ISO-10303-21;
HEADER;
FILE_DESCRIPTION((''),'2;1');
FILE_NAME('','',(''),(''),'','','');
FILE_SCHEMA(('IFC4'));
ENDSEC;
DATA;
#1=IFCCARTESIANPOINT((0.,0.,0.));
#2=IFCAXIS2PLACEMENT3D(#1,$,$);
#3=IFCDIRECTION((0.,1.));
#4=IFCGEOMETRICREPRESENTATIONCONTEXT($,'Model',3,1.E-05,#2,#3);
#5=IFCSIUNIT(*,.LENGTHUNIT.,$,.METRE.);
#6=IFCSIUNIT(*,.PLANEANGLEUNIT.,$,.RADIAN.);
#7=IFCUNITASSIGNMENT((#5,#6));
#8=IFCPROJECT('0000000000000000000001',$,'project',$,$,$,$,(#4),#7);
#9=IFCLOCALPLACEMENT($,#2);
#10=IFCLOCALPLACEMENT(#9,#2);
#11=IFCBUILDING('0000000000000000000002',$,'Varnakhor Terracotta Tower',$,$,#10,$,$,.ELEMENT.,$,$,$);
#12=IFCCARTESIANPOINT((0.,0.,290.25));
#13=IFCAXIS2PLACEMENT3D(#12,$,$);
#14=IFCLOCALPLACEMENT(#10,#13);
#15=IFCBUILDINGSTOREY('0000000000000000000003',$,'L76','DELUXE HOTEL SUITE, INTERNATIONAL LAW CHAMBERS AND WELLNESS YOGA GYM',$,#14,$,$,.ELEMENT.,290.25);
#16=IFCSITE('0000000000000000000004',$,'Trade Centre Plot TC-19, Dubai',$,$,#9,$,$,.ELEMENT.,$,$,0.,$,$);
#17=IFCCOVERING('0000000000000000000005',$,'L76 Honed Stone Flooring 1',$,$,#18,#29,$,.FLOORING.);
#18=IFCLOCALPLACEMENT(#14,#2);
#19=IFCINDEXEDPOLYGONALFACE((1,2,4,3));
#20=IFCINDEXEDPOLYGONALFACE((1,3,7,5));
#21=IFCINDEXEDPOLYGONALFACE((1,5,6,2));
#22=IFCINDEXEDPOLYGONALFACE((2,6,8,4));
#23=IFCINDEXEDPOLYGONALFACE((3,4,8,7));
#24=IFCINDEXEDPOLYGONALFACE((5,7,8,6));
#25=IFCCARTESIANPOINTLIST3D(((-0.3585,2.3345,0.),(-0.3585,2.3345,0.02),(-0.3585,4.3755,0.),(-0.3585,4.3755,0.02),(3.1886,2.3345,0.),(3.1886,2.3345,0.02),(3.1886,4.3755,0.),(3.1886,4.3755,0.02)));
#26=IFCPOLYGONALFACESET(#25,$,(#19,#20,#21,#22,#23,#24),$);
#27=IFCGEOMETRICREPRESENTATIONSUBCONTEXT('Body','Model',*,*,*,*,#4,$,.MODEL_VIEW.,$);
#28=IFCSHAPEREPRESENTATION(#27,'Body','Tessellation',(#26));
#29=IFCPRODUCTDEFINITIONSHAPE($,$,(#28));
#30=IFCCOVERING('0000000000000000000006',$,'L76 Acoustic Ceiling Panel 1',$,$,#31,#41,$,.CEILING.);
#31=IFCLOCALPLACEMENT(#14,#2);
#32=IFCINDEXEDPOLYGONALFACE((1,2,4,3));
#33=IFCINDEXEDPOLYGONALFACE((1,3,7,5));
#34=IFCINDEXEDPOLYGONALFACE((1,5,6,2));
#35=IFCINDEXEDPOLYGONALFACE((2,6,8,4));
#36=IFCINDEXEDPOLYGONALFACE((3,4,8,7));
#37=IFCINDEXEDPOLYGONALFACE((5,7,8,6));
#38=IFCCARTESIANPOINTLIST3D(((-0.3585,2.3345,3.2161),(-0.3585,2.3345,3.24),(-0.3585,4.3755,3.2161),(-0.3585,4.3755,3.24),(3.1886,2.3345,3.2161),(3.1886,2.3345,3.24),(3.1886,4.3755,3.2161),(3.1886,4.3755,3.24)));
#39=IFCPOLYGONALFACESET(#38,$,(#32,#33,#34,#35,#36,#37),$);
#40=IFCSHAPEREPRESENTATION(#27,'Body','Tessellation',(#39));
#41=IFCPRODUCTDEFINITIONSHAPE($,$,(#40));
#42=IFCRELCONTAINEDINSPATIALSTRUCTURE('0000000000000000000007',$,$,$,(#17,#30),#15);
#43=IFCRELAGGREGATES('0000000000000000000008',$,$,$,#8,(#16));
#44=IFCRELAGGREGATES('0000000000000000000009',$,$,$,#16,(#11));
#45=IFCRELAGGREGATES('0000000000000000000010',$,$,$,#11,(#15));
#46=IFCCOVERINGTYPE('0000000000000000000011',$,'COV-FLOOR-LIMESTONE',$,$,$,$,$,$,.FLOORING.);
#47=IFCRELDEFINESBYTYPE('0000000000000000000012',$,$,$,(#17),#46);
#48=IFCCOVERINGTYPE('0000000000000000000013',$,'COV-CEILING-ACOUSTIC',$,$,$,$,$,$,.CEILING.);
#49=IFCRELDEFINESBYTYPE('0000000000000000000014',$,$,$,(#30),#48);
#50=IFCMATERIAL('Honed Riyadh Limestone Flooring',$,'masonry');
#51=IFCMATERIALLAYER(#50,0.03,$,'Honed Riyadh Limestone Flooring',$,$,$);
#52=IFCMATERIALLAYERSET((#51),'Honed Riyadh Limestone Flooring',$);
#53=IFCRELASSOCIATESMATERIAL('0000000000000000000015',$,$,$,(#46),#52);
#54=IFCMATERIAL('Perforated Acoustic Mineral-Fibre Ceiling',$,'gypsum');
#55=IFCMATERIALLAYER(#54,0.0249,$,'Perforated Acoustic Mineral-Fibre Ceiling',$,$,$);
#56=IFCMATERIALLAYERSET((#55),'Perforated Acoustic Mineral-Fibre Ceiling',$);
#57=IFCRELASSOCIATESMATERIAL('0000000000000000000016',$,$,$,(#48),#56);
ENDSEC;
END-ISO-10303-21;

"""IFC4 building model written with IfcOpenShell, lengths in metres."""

from ifc_helpers import new_model, si_unit, direction, frame, origin, origin_2d, place, context, subcontext, project, spatial, rectangle, extrude, source, transform, mapped, material, layer, layer_set, type_object, element, save


model = new_model("IFC4")

# Units and contexts
model_context = context("Model", 3, precision=1e-05, world=origin(), true_north=direction((0.0, 1.0)))
body_context = subcontext(model_context, "Body", "Model", "MODEL_VIEW")
ifc_project = project(units=[si_unit("LENGTHUNIT", "METRE"), si_unit("PLANEANGLEUNIT", "RADIAN")], contexts=[model_context])

# Site, building, storey
site_placement = place(None, origin())
site = spatial("IfcSite", under=ifc_project, at=site_placement, Name="Trade Centre Plot TC-19, Dubai", CompositionType="ELEMENT", RefElevation=0.0)
building_placement = place(site_placement, origin())
building = spatial("IfcBuilding", under=site, at=building_placement, Name="Varnakhor Terracotta Tower", CompositionType="ELEMENT")
storey_placement = place(building_placement, frame((0.0, 0.0, 290.25)))
storey = spatial("IfcBuildingStorey", under=building, at=storey_placement, Name="L76", Description="DELUXE HOTEL SUITE, INTERNATIONAL LAW CHAMBERS AND WELLNESS YOGA GYM", CompositionType="ELEMENT", Elevation=290.25)

# Coverings
ifc_material_1 = material(Name="Honed Riyadh Limestone Flooring", Category="masonry")
ifc_layer_1 = layer(ifc_material_1, 0.03, Name="Honed Riyadh Limestone Flooring")
ifc_layer_set_1 = layer_set([ifc_layer_1], Name="Honed Riyadh Limestone Flooring")
covering_type_1 = type_object("IfcCoveringType", Name="COV-FLOOR-LIMESTONE", PredefinedType="FLOORING", material=ifc_layer_set_1)
shared_shape_1 = source(origin(), body_context, "Body", "SweptSolid", [
    extrude(rectangle(XDim=3.5471, YDim=2.041, at=origin_2d()), origin(), (0.0, 0.0, 1.0), 0.02),
])
covering_1_placement = place(storey_placement, frame((1.415, 3.355, 0.0), z_axis=(0.0, 0.0, 1.0), x_axis=(1.0, 0.0, 0.0)))
element("IfcCovering", 1, at=covering_1_placement, inside=storey, type_object=covering_type_1, Name="L76 Honed Stone Flooring 1", PredefinedType="FLOORING", context=body_context, shape_type="MappedRepresentation", body=[
    mapped(shared_shape_1, transform((0.0, 0.0, 0.0), scale=1.0)),
])
ifc_material_2 = material(Name="Perforated Acoustic Mineral-Fibre Ceiling", Category="gypsum")
ifc_layer_2 = layer(ifc_material_2, 0.0249, Name="Perforated Acoustic Mineral-Fibre Ceiling")
ifc_layer_set_2 = layer_set([ifc_layer_2], Name="Perforated Acoustic Mineral-Fibre Ceiling")
covering_type_2 = type_object("IfcCoveringType", Name="COV-CEILING-ACOUSTIC", PredefinedType="CEILING", material=ifc_layer_set_2)
shared_shape_2 = source(origin(), body_context, "Body", "SweptSolid", [
    extrude(rectangle(XDim=3.5471, YDim=2.041, at=origin_2d()), origin(), (0.0, 0.0, 1.0), 0.0239),
])
covering_2_placement = place(storey_placement, frame((1.415, 3.355, 3.2161), z_axis=(0.0, 0.0, 1.0), x_axis=(1.0, 0.0, 0.0)))
element("IfcCovering", 2, at=covering_2_placement, inside=storey, type_object=covering_type_2, Name="L76 Acoustic Ceiling Panel 1", PredefinedType="CEILING", context=body_context, shape_type="MappedRepresentation", body=[
    mapped(shared_shape_2, transform((0.0, 0.0, 0.0), scale=1.0)),
])

save(model, "model.ifc")
